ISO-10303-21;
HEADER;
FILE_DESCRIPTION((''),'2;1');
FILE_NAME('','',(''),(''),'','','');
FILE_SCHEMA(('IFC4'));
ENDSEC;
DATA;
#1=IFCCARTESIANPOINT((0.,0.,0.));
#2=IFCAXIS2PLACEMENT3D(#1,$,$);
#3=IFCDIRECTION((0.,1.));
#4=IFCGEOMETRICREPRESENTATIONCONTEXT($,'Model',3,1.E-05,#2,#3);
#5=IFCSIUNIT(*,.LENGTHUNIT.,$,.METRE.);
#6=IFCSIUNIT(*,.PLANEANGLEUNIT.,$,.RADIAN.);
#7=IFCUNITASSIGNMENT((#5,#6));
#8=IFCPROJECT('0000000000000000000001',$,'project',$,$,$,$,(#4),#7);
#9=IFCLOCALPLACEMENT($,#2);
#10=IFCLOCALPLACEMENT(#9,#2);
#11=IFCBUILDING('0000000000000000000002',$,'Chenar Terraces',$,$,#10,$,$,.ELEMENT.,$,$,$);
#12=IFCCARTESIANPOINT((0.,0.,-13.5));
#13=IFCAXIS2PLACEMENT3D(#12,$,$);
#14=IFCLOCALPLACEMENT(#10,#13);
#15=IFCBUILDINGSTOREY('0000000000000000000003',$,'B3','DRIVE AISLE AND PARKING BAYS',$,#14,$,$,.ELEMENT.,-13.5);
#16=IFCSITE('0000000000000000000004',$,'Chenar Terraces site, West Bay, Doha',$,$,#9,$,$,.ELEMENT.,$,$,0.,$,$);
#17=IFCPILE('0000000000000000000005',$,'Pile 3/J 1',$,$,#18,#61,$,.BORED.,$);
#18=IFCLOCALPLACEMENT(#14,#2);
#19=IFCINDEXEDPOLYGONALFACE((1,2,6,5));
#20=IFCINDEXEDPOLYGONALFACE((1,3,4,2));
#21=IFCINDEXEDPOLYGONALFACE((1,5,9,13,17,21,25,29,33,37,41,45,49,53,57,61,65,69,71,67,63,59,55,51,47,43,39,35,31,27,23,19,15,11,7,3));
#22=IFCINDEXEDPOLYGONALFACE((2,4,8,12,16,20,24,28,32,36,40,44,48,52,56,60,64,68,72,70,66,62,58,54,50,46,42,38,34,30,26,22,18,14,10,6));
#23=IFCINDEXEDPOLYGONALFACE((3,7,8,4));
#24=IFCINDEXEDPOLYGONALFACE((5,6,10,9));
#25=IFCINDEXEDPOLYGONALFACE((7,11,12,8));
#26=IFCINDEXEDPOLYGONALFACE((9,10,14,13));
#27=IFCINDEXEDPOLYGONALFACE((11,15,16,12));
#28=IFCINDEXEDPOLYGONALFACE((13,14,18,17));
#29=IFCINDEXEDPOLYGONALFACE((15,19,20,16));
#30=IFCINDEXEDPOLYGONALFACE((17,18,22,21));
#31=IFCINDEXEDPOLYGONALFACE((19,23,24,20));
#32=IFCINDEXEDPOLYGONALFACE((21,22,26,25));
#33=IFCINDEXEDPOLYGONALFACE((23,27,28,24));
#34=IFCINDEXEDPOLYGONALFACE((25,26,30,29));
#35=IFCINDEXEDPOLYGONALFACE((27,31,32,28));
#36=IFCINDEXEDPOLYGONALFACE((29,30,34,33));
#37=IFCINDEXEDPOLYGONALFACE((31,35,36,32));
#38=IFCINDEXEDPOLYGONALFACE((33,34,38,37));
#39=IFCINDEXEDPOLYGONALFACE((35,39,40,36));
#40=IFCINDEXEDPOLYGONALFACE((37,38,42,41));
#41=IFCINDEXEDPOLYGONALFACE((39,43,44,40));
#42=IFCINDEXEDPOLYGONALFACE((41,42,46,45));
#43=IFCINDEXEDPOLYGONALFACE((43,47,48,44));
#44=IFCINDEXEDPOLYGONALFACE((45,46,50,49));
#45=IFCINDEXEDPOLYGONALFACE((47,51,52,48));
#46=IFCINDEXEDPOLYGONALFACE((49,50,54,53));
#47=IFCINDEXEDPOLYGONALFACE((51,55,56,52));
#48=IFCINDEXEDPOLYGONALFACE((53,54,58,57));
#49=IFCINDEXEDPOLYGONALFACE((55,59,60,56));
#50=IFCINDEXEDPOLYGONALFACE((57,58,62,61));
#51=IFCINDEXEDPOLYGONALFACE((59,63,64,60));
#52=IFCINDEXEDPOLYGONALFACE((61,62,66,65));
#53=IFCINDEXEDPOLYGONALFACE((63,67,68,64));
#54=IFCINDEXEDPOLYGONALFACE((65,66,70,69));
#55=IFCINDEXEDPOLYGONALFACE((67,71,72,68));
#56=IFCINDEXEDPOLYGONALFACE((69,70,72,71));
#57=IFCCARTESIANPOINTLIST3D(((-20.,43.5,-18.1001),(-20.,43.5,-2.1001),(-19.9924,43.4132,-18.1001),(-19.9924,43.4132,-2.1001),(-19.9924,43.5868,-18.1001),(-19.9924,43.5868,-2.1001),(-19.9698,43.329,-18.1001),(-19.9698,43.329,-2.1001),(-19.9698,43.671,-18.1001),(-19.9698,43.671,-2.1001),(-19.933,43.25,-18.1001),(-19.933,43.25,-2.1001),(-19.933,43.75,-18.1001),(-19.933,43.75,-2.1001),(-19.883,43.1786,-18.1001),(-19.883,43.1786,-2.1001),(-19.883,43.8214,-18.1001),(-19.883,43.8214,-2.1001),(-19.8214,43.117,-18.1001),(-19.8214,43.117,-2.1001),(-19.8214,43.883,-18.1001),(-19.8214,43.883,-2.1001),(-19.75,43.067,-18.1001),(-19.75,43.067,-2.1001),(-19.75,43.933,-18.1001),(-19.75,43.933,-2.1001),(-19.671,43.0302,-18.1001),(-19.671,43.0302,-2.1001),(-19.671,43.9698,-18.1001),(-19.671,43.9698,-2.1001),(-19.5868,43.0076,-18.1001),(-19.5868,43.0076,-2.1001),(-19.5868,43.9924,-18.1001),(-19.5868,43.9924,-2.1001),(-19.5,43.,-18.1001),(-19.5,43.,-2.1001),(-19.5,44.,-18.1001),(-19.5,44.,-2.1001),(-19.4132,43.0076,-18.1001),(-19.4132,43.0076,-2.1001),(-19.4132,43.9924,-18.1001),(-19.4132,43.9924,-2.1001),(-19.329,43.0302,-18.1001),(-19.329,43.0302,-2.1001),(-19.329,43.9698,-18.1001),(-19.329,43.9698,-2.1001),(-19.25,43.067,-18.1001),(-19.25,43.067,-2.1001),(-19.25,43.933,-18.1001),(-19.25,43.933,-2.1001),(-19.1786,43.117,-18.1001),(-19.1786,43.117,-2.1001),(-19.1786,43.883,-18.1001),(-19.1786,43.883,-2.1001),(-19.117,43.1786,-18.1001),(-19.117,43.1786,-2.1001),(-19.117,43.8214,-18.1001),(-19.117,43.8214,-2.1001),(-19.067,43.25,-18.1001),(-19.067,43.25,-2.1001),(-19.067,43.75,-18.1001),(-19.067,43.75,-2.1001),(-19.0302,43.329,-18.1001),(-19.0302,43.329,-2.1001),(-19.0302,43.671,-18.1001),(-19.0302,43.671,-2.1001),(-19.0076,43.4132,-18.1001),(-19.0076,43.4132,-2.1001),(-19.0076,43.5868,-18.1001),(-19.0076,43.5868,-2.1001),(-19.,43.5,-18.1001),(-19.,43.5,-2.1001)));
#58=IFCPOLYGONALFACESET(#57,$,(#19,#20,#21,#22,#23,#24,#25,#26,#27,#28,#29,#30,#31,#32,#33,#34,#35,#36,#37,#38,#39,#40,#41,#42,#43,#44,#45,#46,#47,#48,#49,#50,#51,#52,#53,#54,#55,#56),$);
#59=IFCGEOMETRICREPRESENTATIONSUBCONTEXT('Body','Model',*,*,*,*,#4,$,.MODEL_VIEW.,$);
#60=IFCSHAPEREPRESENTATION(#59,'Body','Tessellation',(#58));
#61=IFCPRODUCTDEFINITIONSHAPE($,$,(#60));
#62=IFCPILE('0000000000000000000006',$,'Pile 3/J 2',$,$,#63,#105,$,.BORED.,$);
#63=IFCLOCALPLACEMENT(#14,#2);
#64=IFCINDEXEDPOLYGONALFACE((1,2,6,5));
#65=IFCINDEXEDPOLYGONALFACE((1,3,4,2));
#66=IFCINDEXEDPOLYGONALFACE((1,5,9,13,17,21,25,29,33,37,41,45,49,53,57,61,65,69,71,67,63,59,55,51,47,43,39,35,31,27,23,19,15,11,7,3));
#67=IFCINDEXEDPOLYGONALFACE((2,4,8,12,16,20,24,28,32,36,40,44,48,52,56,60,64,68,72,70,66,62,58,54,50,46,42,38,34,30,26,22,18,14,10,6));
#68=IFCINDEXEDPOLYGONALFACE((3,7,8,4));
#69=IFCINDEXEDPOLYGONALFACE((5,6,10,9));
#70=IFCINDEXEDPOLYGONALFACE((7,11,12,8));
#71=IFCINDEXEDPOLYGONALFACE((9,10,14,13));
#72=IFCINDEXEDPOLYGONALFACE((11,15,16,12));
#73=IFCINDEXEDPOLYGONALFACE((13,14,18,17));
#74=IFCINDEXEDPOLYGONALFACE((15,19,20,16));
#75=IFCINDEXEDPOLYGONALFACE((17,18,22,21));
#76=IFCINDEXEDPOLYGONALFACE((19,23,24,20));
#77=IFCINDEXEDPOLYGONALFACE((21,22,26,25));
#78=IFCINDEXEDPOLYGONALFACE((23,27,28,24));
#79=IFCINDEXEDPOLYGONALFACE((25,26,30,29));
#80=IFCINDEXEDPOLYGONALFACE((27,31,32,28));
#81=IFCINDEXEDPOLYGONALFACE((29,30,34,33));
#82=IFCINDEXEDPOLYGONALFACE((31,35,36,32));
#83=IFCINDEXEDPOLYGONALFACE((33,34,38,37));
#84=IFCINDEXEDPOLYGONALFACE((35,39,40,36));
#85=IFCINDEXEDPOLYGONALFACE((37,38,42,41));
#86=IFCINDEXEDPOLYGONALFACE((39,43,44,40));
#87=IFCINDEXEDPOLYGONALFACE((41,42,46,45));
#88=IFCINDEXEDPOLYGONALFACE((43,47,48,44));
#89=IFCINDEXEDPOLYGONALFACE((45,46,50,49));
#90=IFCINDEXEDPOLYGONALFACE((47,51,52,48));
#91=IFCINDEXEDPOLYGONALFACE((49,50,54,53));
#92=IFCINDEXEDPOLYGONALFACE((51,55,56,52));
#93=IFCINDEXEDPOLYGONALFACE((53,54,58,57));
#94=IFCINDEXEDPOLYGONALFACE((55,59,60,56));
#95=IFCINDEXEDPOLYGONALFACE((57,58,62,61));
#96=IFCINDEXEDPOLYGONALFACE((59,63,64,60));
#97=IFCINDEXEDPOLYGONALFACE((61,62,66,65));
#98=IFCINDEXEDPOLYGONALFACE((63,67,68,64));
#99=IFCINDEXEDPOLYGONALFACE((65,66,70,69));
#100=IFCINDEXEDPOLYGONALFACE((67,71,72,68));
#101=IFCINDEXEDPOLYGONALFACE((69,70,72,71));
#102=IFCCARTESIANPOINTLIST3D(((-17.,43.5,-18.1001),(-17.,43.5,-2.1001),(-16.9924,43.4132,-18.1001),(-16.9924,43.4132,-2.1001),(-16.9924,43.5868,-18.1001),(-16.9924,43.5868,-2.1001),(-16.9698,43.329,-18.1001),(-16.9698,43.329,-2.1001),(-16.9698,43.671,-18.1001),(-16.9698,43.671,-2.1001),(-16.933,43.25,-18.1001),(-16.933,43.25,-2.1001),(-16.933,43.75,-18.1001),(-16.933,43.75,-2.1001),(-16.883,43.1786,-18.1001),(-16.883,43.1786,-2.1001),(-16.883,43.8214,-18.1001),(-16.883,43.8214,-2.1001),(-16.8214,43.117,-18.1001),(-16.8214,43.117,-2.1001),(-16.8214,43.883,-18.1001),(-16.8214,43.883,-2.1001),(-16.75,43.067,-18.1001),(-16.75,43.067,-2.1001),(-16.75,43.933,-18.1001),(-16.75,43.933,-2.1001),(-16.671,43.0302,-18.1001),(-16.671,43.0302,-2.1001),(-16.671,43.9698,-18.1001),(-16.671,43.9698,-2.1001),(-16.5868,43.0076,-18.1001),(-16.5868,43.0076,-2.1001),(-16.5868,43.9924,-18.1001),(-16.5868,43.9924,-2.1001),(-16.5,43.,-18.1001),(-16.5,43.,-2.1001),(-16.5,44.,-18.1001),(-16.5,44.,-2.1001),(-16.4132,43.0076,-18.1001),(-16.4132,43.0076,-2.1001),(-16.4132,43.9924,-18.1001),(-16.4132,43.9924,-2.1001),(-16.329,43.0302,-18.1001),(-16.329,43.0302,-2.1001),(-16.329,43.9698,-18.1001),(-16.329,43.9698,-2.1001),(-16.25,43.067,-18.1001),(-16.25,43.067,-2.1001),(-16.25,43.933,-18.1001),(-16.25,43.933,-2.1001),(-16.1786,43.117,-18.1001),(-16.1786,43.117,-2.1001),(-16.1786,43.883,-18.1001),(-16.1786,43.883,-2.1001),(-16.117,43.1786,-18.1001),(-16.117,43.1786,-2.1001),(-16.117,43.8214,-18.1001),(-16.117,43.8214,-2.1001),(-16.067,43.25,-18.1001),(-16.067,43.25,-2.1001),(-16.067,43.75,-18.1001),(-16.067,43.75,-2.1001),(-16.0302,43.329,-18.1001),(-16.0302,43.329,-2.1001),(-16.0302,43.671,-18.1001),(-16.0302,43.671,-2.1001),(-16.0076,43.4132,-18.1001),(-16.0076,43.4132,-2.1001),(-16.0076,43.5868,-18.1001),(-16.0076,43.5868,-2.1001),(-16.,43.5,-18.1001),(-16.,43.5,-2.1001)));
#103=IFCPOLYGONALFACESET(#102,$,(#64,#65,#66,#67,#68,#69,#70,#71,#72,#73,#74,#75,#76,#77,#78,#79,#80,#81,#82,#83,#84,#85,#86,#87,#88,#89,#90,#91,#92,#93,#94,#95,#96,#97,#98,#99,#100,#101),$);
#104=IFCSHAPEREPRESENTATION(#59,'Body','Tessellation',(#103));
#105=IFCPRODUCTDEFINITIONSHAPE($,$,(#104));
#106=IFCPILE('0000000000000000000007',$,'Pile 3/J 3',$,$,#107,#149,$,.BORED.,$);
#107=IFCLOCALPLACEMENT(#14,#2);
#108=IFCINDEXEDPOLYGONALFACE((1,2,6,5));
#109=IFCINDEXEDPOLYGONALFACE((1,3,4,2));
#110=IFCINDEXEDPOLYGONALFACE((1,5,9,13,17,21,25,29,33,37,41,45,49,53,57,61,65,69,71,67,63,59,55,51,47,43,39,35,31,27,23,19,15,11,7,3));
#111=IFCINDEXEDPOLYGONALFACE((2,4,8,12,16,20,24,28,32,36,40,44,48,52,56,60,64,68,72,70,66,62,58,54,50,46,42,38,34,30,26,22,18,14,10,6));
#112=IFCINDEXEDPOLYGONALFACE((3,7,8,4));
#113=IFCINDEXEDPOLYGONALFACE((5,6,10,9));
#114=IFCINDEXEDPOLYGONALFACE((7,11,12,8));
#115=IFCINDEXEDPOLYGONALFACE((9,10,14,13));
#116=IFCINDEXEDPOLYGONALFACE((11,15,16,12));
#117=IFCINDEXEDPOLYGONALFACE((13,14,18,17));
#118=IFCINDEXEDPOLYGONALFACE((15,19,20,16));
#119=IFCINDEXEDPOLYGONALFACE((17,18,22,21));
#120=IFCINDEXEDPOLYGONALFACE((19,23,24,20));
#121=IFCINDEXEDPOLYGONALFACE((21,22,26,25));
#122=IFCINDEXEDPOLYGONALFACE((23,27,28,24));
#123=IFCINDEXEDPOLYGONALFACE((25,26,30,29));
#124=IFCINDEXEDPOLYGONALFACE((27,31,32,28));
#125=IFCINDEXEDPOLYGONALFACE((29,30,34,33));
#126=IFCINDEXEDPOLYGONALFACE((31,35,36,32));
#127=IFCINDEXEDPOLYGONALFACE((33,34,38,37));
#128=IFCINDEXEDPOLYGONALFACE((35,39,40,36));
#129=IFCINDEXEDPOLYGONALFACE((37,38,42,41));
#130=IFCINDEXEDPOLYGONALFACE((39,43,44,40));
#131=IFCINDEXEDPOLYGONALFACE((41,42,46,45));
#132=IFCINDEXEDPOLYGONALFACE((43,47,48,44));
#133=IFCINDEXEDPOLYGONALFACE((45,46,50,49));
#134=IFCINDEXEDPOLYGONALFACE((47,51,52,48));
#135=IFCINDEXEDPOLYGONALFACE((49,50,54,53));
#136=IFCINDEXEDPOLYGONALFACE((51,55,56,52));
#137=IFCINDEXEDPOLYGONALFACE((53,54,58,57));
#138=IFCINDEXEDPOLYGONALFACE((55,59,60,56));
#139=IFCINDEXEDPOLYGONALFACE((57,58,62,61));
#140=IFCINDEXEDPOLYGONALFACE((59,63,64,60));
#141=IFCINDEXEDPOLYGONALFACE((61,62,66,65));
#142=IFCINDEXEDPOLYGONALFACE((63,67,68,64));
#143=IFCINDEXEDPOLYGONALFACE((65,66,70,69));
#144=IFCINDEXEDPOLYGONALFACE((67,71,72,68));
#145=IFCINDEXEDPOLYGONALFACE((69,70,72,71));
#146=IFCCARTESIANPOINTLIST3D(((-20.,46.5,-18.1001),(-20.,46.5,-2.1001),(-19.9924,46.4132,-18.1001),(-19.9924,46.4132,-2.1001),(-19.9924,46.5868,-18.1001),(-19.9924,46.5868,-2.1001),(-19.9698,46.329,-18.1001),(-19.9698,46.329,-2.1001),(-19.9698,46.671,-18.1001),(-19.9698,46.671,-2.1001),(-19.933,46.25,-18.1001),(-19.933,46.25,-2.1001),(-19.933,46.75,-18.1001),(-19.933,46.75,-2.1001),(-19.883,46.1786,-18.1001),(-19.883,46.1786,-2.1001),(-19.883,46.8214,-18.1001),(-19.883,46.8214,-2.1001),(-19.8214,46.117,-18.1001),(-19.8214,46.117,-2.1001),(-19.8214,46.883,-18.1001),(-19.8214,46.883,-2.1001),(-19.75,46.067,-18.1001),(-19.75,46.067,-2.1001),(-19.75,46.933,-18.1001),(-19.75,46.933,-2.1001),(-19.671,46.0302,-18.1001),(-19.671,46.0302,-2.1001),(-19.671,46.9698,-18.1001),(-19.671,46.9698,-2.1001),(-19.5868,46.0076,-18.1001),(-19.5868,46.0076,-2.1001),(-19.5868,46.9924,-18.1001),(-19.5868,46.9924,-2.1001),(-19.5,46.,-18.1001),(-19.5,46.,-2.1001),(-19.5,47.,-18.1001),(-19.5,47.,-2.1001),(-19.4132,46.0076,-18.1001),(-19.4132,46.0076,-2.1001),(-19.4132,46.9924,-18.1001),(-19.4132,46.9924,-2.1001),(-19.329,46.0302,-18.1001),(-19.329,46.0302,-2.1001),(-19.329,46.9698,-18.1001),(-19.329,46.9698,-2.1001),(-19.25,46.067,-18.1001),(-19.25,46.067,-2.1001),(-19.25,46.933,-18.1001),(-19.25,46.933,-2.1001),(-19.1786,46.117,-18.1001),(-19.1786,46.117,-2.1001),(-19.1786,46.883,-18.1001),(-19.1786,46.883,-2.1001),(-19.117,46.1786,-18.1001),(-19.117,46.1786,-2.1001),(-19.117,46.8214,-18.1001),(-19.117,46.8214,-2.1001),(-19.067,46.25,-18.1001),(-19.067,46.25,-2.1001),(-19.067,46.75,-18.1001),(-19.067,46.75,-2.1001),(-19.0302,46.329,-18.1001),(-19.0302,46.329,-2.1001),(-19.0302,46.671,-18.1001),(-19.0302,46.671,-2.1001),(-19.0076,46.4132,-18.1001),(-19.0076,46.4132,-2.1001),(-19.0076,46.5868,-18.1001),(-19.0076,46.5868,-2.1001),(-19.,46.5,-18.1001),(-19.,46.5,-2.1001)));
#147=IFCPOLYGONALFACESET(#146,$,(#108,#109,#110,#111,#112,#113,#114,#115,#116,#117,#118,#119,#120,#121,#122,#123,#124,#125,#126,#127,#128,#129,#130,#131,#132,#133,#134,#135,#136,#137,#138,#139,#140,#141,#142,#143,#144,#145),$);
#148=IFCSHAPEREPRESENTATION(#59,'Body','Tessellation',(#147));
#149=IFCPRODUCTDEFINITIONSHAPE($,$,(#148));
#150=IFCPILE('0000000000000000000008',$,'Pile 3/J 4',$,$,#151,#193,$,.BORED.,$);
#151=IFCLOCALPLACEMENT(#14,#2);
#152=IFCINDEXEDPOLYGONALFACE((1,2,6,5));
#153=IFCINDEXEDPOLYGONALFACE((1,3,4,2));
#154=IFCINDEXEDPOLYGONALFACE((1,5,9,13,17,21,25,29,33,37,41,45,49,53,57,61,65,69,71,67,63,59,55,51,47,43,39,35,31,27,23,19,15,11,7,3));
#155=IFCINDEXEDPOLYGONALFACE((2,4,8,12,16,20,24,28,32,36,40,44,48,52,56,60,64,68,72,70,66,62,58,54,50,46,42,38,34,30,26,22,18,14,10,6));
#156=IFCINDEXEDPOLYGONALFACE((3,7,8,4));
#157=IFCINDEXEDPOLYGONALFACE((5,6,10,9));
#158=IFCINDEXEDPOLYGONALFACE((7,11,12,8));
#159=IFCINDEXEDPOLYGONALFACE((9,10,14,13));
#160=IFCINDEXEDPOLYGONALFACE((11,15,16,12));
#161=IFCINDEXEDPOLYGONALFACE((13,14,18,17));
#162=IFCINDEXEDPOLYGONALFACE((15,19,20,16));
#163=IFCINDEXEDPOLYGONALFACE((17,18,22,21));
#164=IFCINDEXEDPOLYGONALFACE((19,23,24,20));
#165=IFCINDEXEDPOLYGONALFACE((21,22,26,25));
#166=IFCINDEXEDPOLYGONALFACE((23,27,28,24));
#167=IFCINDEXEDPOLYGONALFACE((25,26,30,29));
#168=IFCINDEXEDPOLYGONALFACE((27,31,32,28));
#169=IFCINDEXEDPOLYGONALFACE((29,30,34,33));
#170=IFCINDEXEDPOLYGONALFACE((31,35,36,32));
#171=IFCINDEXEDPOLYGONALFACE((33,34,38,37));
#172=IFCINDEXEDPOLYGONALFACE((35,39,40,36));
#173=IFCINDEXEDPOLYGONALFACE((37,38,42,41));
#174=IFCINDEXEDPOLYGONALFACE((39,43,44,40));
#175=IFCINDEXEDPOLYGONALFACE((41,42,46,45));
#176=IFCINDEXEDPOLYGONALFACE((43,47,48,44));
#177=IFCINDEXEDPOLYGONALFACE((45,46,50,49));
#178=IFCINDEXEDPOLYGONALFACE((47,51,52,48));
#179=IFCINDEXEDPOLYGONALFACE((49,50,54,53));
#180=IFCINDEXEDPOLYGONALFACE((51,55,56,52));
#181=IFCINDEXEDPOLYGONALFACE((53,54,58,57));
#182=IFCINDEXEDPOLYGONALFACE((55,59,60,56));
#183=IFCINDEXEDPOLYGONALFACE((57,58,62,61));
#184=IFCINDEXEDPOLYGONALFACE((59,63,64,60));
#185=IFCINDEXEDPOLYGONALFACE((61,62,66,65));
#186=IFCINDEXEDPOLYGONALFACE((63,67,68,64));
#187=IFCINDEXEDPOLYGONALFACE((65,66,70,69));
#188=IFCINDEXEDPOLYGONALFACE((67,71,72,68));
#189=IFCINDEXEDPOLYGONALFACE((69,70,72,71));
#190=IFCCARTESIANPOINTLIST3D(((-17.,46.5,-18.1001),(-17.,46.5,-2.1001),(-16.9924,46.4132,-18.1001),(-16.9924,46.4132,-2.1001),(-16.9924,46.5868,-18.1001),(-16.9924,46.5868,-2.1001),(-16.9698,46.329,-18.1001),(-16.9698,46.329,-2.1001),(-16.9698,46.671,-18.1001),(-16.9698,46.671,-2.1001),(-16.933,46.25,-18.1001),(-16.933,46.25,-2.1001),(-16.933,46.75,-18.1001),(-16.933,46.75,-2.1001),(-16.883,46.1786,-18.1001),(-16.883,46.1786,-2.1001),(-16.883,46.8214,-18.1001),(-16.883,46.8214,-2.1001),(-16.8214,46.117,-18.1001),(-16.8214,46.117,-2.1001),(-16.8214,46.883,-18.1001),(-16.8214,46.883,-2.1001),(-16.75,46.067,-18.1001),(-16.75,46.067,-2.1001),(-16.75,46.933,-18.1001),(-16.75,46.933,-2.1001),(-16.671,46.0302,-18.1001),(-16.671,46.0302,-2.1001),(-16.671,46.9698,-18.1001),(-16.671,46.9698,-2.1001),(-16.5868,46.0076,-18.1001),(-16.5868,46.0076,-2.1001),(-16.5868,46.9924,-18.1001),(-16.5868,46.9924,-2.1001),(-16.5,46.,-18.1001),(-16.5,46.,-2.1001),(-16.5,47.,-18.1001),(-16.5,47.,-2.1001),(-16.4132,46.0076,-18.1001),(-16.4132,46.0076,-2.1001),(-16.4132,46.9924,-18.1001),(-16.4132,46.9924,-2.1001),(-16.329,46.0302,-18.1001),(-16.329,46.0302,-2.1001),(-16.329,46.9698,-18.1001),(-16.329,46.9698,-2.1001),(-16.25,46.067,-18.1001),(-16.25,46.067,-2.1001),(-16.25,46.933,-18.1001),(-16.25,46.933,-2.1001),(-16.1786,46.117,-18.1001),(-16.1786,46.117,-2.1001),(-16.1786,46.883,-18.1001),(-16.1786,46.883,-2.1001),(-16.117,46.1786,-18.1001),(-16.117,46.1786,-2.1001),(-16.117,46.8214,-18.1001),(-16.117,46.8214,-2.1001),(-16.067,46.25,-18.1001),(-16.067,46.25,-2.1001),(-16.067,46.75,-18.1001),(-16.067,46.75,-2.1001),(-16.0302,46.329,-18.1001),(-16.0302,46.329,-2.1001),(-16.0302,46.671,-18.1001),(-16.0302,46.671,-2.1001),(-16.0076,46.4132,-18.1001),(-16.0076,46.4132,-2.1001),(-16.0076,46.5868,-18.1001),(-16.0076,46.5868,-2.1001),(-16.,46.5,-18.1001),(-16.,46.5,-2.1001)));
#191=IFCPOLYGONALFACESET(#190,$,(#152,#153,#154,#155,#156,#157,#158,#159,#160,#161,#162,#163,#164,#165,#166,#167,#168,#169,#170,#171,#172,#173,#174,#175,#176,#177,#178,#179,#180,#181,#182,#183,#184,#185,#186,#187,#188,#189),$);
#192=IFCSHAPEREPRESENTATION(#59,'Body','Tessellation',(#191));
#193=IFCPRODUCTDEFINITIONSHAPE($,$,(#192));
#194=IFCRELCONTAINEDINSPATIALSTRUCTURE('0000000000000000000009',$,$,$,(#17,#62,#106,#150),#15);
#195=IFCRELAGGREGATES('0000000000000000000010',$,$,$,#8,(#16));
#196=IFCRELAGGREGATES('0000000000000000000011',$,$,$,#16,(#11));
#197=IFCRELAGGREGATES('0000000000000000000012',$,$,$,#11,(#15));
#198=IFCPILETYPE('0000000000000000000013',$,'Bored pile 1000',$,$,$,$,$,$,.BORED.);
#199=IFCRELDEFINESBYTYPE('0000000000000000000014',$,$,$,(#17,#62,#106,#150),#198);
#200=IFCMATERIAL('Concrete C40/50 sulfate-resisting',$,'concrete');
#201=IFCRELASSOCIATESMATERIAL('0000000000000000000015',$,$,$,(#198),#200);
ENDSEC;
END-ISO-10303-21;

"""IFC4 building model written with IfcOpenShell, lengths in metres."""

from ifc_helpers import new_model, si_unit, direction, frame, origin, origin_2d, place, context, subcontext, project, spatial, circle, extrude, material, material_profile, profile_set, type_object, element, save


model = new_model("IFC4")

# Units and contexts
model_context = context("Model", 3, precision=1e-05, world=origin(), true_north=direction((0.0, 1.0)))
body_context = subcontext(model_context, "Body", "Model", "MODEL_VIEW")
ifc_project = project(units=[si_unit("LENGTHUNIT", "METRE"), si_unit("PLANEANGLEUNIT", "RADIAN")], contexts=[model_context])

# Site, building, storey
site_placement = place(None, origin())
site = spatial("IfcSite", under=ifc_project, at=site_placement, Name="Chenar Terraces site, West Bay, Doha", CompositionType="ELEMENT", RefElevation=0.0)
building_placement = place(site_placement, origin())
building = spatial("IfcBuilding", under=site, at=building_placement, Name="Chenar Terraces", CompositionType="ELEMENT")
storey_placement = place(building_placement, frame((0.0, 0.0, -13.5)))
storey = spatial("IfcBuildingStorey", under=building, at=storey_placement, Name="B3", Description="DRIVE AISLE AND PARKING BAYS", CompositionType="ELEMENT", Elevation=-13.5)

# Piles
ifc_material_1 = material(Name="Concrete C40/50 sulfate-resisting", Category="concrete")
ifc_material_profile_1 = material_profile(ifc_material_1, circle(Radius=0.5, at=origin_2d()), Name="BP 1000")
ifc_profile_set_1 = profile_set([ifc_material_profile_1], Name="Concrete C40/50 sulfate-resisting")
pile_type_1 = type_object("IfcPileType", Name="Bored pile 1000", PredefinedType="BORED", material=ifc_profile_set_1)
for number, where, z_axis, x_axis, name in (
    (1, (-19.5, 43.5, -2.1001), (0.0, 0.0, -1.0), (1.0, 0.0, 0.0), "Pile 3/J 1"),
    (2, (-16.5, 43.5, -2.1001), (0.0, 0.0, -1.0), (1.0, 0.0, 0.0), "Pile 3/J 2"),
    (3, (-19.5, 46.5, -2.1001), (0.0, 0.0, -1.0), (1.0, 0.0, 0.0), "Pile 3/J 3"),
    (4, (-16.5, 46.5, -2.1001), (0.0, 0.0, -1.0), (1.0, 0.0, 0.0), "Pile 3/J 4"),
):
    element("IfcPile", number, at=place(storey_placement, frame(where, z_axis=z_axis, x_axis=x_axis)), inside=storey, type_object=pile_type_1, Name=name, PredefinedType="BORED", context=body_context, shape_type="SweptSolid", body=[
        extrude(circle(Radius=0.5, at=origin_2d()), origin(), (0.0, 0.0, 1.0), 16.0),
    ])

save(model, "model.ifc")
